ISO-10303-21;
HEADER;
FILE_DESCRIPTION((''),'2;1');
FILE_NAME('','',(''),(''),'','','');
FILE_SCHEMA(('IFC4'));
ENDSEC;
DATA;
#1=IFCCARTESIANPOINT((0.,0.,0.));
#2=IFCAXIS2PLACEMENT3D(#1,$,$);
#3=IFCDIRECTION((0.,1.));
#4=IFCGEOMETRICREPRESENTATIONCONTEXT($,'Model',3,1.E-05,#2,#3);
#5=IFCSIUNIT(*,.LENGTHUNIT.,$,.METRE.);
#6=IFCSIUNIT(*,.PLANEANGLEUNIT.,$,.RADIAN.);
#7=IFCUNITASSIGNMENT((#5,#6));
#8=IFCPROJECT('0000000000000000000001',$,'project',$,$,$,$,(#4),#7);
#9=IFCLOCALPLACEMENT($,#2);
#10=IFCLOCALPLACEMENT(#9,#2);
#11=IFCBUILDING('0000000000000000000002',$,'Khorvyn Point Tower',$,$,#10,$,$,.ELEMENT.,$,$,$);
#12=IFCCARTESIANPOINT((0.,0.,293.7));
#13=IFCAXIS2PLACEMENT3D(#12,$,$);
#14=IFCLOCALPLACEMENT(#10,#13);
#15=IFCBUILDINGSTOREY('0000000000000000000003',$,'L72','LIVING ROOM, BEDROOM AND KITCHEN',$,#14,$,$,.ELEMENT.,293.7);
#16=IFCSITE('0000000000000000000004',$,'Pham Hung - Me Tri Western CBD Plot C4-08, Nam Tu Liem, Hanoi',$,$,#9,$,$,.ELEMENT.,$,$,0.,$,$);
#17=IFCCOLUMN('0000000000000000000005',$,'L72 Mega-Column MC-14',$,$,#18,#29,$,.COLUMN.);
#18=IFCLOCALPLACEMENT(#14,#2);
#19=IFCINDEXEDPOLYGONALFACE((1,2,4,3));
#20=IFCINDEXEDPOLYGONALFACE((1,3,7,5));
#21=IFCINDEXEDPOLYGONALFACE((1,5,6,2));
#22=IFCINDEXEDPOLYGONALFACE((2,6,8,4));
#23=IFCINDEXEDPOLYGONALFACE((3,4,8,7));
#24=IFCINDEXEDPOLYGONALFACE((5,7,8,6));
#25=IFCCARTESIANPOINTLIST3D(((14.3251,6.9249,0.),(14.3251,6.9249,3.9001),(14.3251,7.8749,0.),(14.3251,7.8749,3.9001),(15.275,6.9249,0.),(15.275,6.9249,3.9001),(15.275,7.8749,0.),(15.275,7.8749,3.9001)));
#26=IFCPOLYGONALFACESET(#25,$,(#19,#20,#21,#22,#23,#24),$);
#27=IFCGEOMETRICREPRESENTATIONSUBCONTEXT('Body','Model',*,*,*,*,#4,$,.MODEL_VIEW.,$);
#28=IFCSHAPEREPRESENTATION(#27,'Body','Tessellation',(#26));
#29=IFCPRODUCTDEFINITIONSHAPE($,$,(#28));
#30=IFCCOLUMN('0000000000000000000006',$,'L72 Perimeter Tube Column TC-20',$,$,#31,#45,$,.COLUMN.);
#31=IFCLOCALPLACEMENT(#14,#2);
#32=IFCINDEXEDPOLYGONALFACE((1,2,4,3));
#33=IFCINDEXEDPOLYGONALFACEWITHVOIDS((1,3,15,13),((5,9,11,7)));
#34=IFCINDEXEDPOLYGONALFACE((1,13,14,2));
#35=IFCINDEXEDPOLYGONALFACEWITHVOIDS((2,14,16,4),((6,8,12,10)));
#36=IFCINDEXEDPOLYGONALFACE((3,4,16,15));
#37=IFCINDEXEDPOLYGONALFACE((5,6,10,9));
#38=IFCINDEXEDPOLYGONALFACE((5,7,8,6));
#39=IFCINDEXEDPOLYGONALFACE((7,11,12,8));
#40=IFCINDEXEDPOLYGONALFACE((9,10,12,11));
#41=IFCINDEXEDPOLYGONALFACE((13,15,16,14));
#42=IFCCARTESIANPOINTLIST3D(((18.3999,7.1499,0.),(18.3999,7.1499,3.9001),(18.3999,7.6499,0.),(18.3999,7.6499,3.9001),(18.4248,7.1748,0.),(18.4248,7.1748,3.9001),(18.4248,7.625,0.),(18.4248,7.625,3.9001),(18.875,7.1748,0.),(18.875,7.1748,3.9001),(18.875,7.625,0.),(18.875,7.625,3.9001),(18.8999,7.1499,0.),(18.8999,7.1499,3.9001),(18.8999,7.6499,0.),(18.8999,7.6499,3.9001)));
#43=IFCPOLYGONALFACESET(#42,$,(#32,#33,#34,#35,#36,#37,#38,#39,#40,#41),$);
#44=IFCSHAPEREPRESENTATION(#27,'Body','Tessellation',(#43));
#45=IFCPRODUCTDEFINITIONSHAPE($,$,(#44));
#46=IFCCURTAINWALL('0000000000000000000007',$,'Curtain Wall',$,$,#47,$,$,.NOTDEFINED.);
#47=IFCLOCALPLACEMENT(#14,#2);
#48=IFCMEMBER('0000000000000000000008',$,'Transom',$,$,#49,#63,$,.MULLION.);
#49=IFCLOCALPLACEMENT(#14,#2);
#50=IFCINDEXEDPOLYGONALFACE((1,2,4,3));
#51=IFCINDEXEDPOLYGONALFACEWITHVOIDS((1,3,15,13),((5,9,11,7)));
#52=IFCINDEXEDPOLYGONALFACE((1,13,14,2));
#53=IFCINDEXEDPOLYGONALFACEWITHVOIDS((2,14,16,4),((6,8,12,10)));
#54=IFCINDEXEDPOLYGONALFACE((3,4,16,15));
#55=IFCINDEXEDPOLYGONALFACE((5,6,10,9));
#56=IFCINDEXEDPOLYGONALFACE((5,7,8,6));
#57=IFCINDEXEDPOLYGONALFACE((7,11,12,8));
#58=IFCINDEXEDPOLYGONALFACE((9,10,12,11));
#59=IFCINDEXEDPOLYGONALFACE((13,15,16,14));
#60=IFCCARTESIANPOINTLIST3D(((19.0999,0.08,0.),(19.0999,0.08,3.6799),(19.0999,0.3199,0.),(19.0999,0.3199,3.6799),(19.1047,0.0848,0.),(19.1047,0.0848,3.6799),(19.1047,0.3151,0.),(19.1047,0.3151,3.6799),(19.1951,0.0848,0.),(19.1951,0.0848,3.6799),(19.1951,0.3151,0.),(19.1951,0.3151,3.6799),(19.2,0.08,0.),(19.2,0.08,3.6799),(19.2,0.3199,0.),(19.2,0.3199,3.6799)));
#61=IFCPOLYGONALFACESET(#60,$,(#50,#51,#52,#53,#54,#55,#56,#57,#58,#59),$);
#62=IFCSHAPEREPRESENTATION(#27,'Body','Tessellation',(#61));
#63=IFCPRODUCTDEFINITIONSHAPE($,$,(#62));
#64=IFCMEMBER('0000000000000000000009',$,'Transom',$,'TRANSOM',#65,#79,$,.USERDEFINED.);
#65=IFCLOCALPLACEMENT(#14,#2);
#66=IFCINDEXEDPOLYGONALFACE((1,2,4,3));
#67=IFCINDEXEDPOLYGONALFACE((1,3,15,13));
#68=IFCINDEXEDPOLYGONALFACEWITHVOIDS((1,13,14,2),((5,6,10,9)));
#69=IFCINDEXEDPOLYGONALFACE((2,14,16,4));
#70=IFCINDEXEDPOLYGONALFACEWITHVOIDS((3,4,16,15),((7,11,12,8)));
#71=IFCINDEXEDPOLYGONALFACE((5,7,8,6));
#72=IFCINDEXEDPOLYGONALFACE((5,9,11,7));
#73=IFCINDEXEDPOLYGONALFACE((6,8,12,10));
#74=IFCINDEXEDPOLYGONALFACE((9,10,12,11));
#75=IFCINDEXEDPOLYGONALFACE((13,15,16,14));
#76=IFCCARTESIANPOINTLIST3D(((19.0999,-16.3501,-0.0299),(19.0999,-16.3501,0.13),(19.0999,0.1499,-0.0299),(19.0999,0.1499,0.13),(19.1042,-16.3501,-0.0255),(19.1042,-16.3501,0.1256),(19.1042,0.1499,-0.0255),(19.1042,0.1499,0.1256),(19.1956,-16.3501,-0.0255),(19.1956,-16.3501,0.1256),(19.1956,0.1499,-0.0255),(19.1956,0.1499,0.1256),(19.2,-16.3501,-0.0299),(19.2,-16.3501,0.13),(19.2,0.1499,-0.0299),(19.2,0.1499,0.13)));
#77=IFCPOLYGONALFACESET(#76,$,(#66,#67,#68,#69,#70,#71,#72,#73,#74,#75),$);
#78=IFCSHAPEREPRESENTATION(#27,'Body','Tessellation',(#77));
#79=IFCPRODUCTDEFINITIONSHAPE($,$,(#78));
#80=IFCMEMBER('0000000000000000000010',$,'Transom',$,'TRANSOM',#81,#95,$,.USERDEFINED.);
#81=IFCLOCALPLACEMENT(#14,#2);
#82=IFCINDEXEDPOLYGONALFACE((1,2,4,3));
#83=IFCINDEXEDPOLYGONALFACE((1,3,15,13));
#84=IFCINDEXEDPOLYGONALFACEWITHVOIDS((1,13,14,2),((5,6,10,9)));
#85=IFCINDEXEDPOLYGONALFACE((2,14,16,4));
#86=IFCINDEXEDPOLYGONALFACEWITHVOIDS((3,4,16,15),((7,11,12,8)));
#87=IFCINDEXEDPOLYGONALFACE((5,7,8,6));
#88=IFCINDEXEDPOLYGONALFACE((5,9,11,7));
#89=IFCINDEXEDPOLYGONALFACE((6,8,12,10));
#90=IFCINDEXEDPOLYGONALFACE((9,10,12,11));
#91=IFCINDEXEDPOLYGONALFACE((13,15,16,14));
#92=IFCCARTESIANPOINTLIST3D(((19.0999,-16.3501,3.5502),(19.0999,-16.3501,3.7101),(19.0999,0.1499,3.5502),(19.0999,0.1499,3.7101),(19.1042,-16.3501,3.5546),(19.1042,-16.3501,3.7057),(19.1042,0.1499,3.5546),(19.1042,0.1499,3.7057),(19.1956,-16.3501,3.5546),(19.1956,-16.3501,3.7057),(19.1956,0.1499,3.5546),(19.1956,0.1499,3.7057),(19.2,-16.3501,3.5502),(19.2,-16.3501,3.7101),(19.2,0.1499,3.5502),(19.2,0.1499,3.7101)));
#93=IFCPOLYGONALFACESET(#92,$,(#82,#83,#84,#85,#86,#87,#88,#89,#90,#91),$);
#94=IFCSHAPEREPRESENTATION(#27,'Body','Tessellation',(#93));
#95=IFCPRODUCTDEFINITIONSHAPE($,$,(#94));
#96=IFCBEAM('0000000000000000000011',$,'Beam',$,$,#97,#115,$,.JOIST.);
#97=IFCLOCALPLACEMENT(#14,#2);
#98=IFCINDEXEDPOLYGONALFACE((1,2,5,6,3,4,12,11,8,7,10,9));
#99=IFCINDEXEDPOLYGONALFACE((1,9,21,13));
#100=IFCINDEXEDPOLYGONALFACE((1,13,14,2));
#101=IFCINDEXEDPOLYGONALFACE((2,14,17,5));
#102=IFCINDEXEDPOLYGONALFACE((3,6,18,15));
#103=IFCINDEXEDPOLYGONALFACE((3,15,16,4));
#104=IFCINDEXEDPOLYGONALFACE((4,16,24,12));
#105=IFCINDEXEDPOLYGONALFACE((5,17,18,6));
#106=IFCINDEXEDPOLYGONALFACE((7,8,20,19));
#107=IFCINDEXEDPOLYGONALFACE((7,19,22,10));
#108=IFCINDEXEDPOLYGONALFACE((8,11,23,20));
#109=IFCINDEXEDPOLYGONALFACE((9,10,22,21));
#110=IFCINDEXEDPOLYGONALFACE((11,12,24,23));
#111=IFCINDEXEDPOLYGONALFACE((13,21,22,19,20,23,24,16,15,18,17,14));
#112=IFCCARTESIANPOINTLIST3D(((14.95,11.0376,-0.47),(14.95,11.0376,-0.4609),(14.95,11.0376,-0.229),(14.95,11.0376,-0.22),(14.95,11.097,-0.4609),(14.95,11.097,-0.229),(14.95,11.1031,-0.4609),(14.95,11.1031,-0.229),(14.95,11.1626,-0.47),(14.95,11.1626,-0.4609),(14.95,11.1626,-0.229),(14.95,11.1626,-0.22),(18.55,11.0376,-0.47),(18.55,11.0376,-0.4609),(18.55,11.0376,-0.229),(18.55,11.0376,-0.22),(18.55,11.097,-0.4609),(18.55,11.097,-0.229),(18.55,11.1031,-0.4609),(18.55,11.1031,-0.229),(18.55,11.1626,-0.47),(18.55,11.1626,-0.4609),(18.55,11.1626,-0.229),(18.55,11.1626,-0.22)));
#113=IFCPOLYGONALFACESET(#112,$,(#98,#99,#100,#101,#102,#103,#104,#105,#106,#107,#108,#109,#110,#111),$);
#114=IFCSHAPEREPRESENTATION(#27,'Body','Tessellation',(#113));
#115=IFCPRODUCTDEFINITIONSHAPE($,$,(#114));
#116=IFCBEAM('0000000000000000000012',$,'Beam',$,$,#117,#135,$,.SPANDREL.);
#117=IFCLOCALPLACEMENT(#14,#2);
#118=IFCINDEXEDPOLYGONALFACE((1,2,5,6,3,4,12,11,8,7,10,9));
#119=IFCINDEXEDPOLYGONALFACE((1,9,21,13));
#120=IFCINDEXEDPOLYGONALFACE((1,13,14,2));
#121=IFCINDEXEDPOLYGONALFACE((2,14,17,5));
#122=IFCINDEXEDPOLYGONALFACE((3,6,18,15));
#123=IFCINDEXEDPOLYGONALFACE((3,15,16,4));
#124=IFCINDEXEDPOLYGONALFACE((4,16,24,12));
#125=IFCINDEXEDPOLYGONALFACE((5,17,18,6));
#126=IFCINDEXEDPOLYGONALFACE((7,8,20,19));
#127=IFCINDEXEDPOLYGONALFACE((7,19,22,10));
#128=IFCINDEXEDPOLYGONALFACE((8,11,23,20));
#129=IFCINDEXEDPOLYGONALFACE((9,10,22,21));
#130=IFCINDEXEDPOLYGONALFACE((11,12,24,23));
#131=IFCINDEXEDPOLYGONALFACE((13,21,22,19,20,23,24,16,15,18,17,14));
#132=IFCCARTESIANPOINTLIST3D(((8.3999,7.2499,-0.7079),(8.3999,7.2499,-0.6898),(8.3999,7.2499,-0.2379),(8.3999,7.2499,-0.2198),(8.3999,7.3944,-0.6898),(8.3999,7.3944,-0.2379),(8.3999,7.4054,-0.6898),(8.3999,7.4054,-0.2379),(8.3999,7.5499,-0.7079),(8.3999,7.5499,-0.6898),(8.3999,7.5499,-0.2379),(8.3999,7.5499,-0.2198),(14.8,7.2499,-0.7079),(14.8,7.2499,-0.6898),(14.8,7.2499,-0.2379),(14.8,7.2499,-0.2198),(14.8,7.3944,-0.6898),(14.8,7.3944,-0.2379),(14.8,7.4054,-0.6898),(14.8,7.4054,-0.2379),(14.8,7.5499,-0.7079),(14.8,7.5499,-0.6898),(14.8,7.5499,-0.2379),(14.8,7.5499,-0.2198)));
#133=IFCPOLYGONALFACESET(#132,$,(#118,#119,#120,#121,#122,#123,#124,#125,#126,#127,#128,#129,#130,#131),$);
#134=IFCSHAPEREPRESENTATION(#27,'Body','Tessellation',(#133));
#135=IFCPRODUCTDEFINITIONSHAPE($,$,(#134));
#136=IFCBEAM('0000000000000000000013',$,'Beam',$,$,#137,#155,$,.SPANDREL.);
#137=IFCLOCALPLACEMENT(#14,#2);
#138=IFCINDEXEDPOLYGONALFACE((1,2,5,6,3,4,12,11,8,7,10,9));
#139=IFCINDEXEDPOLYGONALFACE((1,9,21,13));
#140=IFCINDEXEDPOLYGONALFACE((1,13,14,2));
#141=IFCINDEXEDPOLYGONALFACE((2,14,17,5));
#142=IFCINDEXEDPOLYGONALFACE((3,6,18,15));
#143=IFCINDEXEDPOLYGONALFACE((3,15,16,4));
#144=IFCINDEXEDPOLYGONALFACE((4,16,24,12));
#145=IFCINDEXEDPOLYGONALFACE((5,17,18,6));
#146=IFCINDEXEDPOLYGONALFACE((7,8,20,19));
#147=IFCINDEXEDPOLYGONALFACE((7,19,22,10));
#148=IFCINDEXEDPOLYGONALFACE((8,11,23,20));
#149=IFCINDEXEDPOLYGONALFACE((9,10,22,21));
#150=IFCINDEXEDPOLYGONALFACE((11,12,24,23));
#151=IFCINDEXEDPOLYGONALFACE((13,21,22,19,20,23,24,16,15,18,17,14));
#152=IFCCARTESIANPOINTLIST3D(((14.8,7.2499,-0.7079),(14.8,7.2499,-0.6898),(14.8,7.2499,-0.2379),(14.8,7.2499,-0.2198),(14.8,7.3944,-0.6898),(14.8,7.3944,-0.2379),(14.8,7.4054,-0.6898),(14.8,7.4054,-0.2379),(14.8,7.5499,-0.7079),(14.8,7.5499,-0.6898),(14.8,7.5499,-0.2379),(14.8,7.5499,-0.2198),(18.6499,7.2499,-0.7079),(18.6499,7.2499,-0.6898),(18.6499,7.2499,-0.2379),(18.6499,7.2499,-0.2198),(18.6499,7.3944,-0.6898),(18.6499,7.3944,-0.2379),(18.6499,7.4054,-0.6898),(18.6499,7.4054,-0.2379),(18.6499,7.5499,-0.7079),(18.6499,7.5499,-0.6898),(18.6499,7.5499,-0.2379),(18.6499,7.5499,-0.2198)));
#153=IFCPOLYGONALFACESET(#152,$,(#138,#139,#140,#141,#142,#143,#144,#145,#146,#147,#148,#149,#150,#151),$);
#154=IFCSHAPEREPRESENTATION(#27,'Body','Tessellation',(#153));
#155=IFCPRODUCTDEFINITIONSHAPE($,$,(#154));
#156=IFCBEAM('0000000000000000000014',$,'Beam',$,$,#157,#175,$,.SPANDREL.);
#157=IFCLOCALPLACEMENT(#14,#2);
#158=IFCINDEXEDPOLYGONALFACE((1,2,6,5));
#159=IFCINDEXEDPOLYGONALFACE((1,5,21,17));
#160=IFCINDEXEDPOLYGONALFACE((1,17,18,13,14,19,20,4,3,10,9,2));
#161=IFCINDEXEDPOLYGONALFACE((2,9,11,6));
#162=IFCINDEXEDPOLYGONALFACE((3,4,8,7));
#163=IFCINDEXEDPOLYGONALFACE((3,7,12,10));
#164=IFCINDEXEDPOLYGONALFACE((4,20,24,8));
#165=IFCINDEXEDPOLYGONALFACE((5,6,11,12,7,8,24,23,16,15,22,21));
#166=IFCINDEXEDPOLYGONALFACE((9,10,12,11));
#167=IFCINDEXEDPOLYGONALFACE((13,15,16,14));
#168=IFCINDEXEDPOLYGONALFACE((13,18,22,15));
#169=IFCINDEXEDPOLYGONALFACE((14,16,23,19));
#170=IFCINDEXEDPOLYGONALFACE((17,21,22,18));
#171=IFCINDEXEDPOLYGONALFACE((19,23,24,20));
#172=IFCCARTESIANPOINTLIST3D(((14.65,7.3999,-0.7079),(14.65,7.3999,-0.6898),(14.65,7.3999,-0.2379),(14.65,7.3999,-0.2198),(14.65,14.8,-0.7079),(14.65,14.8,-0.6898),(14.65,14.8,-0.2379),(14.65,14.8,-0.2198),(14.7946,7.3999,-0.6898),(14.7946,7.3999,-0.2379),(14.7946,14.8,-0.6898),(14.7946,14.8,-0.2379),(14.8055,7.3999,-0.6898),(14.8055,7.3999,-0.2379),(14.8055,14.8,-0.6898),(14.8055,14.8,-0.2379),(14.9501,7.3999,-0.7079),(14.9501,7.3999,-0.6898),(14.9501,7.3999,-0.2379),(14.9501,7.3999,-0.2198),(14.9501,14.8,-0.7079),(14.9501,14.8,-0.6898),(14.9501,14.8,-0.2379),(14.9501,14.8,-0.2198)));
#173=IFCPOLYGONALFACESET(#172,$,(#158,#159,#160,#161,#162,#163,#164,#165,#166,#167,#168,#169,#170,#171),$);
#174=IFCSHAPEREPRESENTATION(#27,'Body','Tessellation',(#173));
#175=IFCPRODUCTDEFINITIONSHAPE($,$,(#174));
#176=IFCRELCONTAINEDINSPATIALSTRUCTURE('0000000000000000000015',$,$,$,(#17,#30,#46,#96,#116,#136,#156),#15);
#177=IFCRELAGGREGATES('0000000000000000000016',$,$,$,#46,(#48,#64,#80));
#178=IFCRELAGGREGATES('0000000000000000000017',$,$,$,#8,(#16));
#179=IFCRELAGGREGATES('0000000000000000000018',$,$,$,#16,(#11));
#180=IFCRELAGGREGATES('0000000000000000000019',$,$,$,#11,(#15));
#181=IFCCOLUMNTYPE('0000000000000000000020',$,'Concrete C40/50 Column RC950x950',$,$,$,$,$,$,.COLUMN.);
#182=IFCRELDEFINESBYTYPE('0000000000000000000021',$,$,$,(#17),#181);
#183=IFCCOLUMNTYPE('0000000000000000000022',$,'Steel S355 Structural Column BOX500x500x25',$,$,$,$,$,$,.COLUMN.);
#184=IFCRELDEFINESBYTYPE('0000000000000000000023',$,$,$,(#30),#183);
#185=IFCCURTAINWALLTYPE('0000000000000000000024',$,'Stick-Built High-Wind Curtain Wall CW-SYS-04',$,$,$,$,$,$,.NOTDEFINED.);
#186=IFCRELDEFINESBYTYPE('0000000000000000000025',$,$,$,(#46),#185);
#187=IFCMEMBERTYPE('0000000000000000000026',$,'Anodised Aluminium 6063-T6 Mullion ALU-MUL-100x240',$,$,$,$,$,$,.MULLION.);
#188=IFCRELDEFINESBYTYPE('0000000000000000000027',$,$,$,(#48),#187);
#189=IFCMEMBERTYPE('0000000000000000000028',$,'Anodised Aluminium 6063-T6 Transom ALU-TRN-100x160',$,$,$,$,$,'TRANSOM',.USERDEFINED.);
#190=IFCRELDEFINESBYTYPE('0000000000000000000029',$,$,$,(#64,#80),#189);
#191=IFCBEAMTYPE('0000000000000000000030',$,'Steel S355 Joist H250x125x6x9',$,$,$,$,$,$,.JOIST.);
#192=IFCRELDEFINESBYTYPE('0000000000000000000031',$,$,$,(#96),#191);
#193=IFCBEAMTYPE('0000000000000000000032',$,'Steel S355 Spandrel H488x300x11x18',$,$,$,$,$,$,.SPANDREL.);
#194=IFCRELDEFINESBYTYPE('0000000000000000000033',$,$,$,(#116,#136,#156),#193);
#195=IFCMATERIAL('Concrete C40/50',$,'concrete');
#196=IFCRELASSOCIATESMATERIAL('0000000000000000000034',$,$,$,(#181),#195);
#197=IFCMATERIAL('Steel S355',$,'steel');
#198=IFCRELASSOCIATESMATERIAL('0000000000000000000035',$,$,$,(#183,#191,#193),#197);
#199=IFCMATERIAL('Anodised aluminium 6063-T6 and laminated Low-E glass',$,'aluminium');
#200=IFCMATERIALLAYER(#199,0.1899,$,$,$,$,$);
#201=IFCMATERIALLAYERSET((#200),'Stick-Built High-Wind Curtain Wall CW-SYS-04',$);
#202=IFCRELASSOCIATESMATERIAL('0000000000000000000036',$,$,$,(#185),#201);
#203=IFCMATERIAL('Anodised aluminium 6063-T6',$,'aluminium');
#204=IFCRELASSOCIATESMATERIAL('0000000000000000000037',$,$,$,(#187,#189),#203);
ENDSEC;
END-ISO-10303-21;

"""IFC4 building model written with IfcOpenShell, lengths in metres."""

from ifc_helpers import new_model, si_unit, direction, frame, origin, origin_2d, place, context, subcontext, project, spatial, rectangle, hollow_rectangle, i_section, extrude, material, layer, layer_set, material_profile, profile_set, type_object, element, aggregate, save


model = new_model("IFC4")

# Units and contexts
model_context = context("Model", 3, precision=1e-05, world=origin(), true_north=direction((0.0, 1.0)))
body_context = subcontext(model_context, "Body", "Model", "MODEL_VIEW")
ifc_project = project(units=[si_unit("LENGTHUNIT", "METRE"), si_unit("PLANEANGLEUNIT", "RADIAN")], contexts=[model_context])

# Site, building, storey
site_placement = place(None, origin())
site = spatial("IfcSite", under=ifc_project, at=site_placement, Name="Pham Hung - Me Tri Western CBD Plot C4-08, Nam Tu Liem, Hanoi", CompositionType="ELEMENT", RefElevation=0.0)
building_placement = place(site_placement, origin())
building = spatial("IfcBuilding", under=site, at=building_placement, Name="Khorvyn Point Tower", CompositionType="ELEMENT")
storey_placement = place(building_placement, frame((0.0, 0.0, 293.7)))
storey = spatial("IfcBuildingStorey", under=building, at=storey_placement, Name="L72", Description="LIVING ROOM, BEDROOM AND KITCHEN", CompositionType="ELEMENT", Elevation=293.7)

# Columns
ifc_material_1 = material(Name="Concrete C40/50", Category="concrete")
ifc_material_profile_1 = material_profile(ifc_material_1, rectangle(XDim=0.95, YDim=0.95, at=origin_2d()))
ifc_profile_set_1 = profile_set([ifc_material_profile_1], Name="Concrete C40/50 RC950x950")
column_type_1 = type_object("IfcColumnType", Name="Concrete C40/50 Column RC950x950", PredefinedType="COLUMN", material=ifc_profile_set_1)
column_1_placement = place(storey_placement, frame((14.8, 7.3999, 0.0), z_axis=(0.0, 0.0, 1.0), x_axis=(1.0, 0.0, 0.0)))
element("IfcColumn", 1, at=column_1_placement, inside=storey, type_object=column_type_1, Name="L72 Mega-Column MC-14", PredefinedType="COLUMN", context=body_context, shape_type="SweptSolid", body=[
    extrude(rectangle(XDim=0.95, YDim=0.95, at=origin_2d()), origin(), (0.0, 0.0, 1.0), 3.9001),
])
ifc_material_2 = material(Name="Steel S355", Category="steel")
ifc_material_profile_2 = material_profile(ifc_material_2, hollow_rectangle(XDim=0.5, YDim=0.5, WallThickness=0.0249, at=origin_2d()))
ifc_profile_set_2 = profile_set([ifc_material_profile_2], Name="Steel S355 BOX500x500x25")
column_type_2 = type_object("IfcColumnType", Name="Steel S355 Structural Column BOX500x500x25", PredefinedType="COLUMN", material=ifc_profile_set_2)
column_2_placement = place(storey_placement, frame((18.6499, 7.3999, 0.0), z_axis=(0.0, 0.0, 1.0), x_axis=(1.0, 0.0, 0.0)))
element("IfcColumn", 2, at=column_2_placement, inside=storey, type_object=column_type_2, Name="L72 Perimeter Tube Column TC-20", PredefinedType="COLUMN", context=body_context, shape_type="SweptSolid", body=[
    extrude(hollow_rectangle(XDim=0.5, YDim=0.5, WallThickness=0.0249, at=origin_2d()), origin(), (0.0, 0.0, 1.0), 3.9001),
])

# Curtain wall, members
ifc_material_3 = material(Name="Anodised aluminium 6063-T6 and laminated Low-E glass", Category="aluminium")
ifc_layer_1 = layer(ifc_material_3, 0.1899)
ifc_layer_set_1 = layer_set([ifc_layer_1], Name="Stick-Built High-Wind Curtain Wall CW-SYS-04")
curtain_wall_type = type_object("IfcCurtainWallType", Name="Stick-Built High-Wind Curtain Wall CW-SYS-04", PredefinedType="NOTDEFINED", material=ifc_layer_set_1)
curtain_wall_placement = place(storey_placement, origin())
curtain_wall = element("IfcCurtainWall", 3, at=curtain_wall_placement, inside=storey, type_object=curtain_wall_type, Name="Curtain Wall", PredefinedType="NOTDEFINED")
ifc_material_4 = material(Name="Anodised aluminium 6063-T6", Category="aluminium")
ifc_material_profile_3 = material_profile(ifc_material_4, hollow_rectangle(XDim=0.1001, YDim=0.24, WallThickness=0.0049, at=origin_2d()))
ifc_profile_set_3 = profile_set([ifc_material_profile_3], Name="Anodised aluminium 6063-T6 ALU-MUL-100x240")
member_type_1 = type_object("IfcMemberType", Name="Anodised Aluminium 6063-T6 Mullion ALU-MUL-100x240", PredefinedType="MULLION", material=ifc_profile_set_3)
member_1_placement = place(storey_placement, frame((19.1499, 0.2, 0.0), z_axis=(0.0, 0.0, 1.0), x_axis=(1.0, 0.0, 0.0)))
member_1 = element("IfcMember", 4, at=member_1_placement, type_object=member_type_1, Name="Transom", PredefinedType="MULLION", context=body_context, shape_type="SweptSolid", body=[
    extrude(hollow_rectangle(XDim=0.1001, YDim=0.24, WallThickness=0.0049, at=origin_2d()), origin(), (0.0, 0.0, 1.0), 3.6799),
])
ifc_material_profile_4 = material_profile(ifc_material_4, hollow_rectangle(XDim=0.1001, YDim=0.1599, WallThickness=0.0044, at=origin_2d()))
ifc_profile_set_4 = profile_set([ifc_material_profile_4], Name="Anodised aluminium 6063-T6 ALU-TRN-100x160")
member_type_2 = type_object("IfcMemberType", Name="Anodised Aluminium 6063-T6 Transom ALU-TRN-100x160", ElementType="TRANSOM", PredefinedType="USERDEFINED", material=ifc_profile_set_4)
member_2_placement = place(storey_placement, frame((19.1499, 0.1499, 0.05), z_axis=(0.0, -1.0, 0.0), x_axis=(1.0, 0.0, 0.0)))
member_2 = element("IfcMember", 5, at=member_2_placement, type_object=member_type_2, Name="Transom", ObjectType="TRANSOM", PredefinedType="USERDEFINED", context=body_context, shape_type="SweptSolid", body=[
    extrude(hollow_rectangle(XDim=0.1001, YDim=0.1599, WallThickness=0.0044, at=origin_2d()), origin(), (0.0, 0.0, 1.0), 16.5),
])
member_3_placement = place(storey_placement, frame((19.1499, 0.1499, 3.6301), z_axis=(0.0, -1.0, 0.0), x_axis=(1.0, 0.0, 0.0)))
member_3 = element("IfcMember", 6, at=member_3_placement, type_object=member_type_2, Name="Transom", ObjectType="TRANSOM", PredefinedType="USERDEFINED", context=body_context, shape_type="SweptSolid", body=[
    extrude(hollow_rectangle(XDim=0.1001, YDim=0.1599, WallThickness=0.0044, at=origin_2d()), origin(), (0.0, 0.0, 1.0), 16.5),
])

# Beams
ifc_material_profile_5 = material_profile(ifc_material_2, i_section(OverallWidth=0.125, OverallDepth=0.25, WebThickness=0.0061, FlangeThickness=0.009, at=origin_2d()))
ifc_profile_set_5 = profile_set([ifc_material_profile_5], Name="Steel S355 H250x125x6x9")
beam_type_1 = type_object("IfcBeamType", Name="Steel S355 Joist H250x125x6x9", PredefinedType="JOIST", material=ifc_profile_set_5)
beam_1_placement = place(storey_placement, frame((14.95, 11.1001, -0.345), z_axis=(1.0, 0.0, 0.0), x_axis=(0.0, 1.0, 0.0)))
element("IfcBeam", 7, at=beam_1_placement, inside=storey, type_object=beam_type_1, Name="Beam", PredefinedType="JOIST", context=body_context, shape_type="SweptSolid", body=[
    extrude(i_section(OverallWidth=0.125, OverallDepth=0.25, WebThickness=0.0061, FlangeThickness=0.009, at=origin_2d()), origin(), (0.0, 0.0, 1.0), 3.6001),
])
ifc_material_profile_6 = material_profile(ifc_material_2, i_section(OverallWidth=0.3, OverallDepth=0.488, WebThickness=0.011, FlangeThickness=0.0181, at=origin_2d()))
ifc_profile_set_6 = profile_set([ifc_material_profile_6], Name="Steel S355 H488x300x11x18")
beam_type_2 = type_object("IfcBeamType", Name="Steel S355 Spandrel H488x300x11x18", PredefinedType="SPANDREL", material=ifc_profile_set_6)
beam_2_placement = place(storey_placement, frame((8.3999, 7.3999, -0.4639), z_axis=(1.0, 0.0, 0.0), x_axis=(0.0, 1.0, 0.0)))
element("IfcBeam", 8, at=beam_2_placement, inside=storey, type_object=beam_type_2, Name="Beam", PredefinedType="SPANDREL", context=body_context, shape_type="SweptSolid", body=[
    extrude(i_section(OverallWidth=0.3, OverallDepth=0.488, WebThickness=0.011, FlangeThickness=0.0181, at=origin_2d()), origin(), (0.0, 0.0, 1.0), 6.4001),
])
beam_3_placement = place(storey_placement, frame((14.8, 7.3999, -0.4639), z_axis=(1.0, 0.0, 0.0), x_axis=(0.0, 1.0, 0.0)))
element("IfcBeam", 9, at=beam_3_placement, inside=storey, type_object=beam_type_2, Name="Beam", PredefinedType="SPANDREL", context=body_context, shape_type="SweptSolid", body=[
    extrude(i_section(OverallWidth=0.3, OverallDepth=0.488, WebThickness=0.011, FlangeThickness=0.0181, at=origin_2d()), origin(), (0.0, 0.0, 1.0), 3.8499),
])
beam_4_placement = place(storey_placement, frame((14.8, 7.3999, -0.4639), z_axis=(0.0, 1.0, 0.0), x_axis=(-1.0, 0.0, 0.0)))
element("IfcBeam", 10, at=beam_4_placement, inside=storey, type_object=beam_type_2, Name="Beam", PredefinedType="SPANDREL", context=body_context, shape_type="SweptSolid", body=[
    extrude(i_section(OverallWidth=0.3, OverallDepth=0.488, WebThickness=0.011, FlangeThickness=0.0181, at=origin_2d()), origin(), (0.0, 0.0, 1.0), 7.4001),
])

aggregate(curtain_wall, [member_1, member_2, member_3])

save(model, "model.ifc")
